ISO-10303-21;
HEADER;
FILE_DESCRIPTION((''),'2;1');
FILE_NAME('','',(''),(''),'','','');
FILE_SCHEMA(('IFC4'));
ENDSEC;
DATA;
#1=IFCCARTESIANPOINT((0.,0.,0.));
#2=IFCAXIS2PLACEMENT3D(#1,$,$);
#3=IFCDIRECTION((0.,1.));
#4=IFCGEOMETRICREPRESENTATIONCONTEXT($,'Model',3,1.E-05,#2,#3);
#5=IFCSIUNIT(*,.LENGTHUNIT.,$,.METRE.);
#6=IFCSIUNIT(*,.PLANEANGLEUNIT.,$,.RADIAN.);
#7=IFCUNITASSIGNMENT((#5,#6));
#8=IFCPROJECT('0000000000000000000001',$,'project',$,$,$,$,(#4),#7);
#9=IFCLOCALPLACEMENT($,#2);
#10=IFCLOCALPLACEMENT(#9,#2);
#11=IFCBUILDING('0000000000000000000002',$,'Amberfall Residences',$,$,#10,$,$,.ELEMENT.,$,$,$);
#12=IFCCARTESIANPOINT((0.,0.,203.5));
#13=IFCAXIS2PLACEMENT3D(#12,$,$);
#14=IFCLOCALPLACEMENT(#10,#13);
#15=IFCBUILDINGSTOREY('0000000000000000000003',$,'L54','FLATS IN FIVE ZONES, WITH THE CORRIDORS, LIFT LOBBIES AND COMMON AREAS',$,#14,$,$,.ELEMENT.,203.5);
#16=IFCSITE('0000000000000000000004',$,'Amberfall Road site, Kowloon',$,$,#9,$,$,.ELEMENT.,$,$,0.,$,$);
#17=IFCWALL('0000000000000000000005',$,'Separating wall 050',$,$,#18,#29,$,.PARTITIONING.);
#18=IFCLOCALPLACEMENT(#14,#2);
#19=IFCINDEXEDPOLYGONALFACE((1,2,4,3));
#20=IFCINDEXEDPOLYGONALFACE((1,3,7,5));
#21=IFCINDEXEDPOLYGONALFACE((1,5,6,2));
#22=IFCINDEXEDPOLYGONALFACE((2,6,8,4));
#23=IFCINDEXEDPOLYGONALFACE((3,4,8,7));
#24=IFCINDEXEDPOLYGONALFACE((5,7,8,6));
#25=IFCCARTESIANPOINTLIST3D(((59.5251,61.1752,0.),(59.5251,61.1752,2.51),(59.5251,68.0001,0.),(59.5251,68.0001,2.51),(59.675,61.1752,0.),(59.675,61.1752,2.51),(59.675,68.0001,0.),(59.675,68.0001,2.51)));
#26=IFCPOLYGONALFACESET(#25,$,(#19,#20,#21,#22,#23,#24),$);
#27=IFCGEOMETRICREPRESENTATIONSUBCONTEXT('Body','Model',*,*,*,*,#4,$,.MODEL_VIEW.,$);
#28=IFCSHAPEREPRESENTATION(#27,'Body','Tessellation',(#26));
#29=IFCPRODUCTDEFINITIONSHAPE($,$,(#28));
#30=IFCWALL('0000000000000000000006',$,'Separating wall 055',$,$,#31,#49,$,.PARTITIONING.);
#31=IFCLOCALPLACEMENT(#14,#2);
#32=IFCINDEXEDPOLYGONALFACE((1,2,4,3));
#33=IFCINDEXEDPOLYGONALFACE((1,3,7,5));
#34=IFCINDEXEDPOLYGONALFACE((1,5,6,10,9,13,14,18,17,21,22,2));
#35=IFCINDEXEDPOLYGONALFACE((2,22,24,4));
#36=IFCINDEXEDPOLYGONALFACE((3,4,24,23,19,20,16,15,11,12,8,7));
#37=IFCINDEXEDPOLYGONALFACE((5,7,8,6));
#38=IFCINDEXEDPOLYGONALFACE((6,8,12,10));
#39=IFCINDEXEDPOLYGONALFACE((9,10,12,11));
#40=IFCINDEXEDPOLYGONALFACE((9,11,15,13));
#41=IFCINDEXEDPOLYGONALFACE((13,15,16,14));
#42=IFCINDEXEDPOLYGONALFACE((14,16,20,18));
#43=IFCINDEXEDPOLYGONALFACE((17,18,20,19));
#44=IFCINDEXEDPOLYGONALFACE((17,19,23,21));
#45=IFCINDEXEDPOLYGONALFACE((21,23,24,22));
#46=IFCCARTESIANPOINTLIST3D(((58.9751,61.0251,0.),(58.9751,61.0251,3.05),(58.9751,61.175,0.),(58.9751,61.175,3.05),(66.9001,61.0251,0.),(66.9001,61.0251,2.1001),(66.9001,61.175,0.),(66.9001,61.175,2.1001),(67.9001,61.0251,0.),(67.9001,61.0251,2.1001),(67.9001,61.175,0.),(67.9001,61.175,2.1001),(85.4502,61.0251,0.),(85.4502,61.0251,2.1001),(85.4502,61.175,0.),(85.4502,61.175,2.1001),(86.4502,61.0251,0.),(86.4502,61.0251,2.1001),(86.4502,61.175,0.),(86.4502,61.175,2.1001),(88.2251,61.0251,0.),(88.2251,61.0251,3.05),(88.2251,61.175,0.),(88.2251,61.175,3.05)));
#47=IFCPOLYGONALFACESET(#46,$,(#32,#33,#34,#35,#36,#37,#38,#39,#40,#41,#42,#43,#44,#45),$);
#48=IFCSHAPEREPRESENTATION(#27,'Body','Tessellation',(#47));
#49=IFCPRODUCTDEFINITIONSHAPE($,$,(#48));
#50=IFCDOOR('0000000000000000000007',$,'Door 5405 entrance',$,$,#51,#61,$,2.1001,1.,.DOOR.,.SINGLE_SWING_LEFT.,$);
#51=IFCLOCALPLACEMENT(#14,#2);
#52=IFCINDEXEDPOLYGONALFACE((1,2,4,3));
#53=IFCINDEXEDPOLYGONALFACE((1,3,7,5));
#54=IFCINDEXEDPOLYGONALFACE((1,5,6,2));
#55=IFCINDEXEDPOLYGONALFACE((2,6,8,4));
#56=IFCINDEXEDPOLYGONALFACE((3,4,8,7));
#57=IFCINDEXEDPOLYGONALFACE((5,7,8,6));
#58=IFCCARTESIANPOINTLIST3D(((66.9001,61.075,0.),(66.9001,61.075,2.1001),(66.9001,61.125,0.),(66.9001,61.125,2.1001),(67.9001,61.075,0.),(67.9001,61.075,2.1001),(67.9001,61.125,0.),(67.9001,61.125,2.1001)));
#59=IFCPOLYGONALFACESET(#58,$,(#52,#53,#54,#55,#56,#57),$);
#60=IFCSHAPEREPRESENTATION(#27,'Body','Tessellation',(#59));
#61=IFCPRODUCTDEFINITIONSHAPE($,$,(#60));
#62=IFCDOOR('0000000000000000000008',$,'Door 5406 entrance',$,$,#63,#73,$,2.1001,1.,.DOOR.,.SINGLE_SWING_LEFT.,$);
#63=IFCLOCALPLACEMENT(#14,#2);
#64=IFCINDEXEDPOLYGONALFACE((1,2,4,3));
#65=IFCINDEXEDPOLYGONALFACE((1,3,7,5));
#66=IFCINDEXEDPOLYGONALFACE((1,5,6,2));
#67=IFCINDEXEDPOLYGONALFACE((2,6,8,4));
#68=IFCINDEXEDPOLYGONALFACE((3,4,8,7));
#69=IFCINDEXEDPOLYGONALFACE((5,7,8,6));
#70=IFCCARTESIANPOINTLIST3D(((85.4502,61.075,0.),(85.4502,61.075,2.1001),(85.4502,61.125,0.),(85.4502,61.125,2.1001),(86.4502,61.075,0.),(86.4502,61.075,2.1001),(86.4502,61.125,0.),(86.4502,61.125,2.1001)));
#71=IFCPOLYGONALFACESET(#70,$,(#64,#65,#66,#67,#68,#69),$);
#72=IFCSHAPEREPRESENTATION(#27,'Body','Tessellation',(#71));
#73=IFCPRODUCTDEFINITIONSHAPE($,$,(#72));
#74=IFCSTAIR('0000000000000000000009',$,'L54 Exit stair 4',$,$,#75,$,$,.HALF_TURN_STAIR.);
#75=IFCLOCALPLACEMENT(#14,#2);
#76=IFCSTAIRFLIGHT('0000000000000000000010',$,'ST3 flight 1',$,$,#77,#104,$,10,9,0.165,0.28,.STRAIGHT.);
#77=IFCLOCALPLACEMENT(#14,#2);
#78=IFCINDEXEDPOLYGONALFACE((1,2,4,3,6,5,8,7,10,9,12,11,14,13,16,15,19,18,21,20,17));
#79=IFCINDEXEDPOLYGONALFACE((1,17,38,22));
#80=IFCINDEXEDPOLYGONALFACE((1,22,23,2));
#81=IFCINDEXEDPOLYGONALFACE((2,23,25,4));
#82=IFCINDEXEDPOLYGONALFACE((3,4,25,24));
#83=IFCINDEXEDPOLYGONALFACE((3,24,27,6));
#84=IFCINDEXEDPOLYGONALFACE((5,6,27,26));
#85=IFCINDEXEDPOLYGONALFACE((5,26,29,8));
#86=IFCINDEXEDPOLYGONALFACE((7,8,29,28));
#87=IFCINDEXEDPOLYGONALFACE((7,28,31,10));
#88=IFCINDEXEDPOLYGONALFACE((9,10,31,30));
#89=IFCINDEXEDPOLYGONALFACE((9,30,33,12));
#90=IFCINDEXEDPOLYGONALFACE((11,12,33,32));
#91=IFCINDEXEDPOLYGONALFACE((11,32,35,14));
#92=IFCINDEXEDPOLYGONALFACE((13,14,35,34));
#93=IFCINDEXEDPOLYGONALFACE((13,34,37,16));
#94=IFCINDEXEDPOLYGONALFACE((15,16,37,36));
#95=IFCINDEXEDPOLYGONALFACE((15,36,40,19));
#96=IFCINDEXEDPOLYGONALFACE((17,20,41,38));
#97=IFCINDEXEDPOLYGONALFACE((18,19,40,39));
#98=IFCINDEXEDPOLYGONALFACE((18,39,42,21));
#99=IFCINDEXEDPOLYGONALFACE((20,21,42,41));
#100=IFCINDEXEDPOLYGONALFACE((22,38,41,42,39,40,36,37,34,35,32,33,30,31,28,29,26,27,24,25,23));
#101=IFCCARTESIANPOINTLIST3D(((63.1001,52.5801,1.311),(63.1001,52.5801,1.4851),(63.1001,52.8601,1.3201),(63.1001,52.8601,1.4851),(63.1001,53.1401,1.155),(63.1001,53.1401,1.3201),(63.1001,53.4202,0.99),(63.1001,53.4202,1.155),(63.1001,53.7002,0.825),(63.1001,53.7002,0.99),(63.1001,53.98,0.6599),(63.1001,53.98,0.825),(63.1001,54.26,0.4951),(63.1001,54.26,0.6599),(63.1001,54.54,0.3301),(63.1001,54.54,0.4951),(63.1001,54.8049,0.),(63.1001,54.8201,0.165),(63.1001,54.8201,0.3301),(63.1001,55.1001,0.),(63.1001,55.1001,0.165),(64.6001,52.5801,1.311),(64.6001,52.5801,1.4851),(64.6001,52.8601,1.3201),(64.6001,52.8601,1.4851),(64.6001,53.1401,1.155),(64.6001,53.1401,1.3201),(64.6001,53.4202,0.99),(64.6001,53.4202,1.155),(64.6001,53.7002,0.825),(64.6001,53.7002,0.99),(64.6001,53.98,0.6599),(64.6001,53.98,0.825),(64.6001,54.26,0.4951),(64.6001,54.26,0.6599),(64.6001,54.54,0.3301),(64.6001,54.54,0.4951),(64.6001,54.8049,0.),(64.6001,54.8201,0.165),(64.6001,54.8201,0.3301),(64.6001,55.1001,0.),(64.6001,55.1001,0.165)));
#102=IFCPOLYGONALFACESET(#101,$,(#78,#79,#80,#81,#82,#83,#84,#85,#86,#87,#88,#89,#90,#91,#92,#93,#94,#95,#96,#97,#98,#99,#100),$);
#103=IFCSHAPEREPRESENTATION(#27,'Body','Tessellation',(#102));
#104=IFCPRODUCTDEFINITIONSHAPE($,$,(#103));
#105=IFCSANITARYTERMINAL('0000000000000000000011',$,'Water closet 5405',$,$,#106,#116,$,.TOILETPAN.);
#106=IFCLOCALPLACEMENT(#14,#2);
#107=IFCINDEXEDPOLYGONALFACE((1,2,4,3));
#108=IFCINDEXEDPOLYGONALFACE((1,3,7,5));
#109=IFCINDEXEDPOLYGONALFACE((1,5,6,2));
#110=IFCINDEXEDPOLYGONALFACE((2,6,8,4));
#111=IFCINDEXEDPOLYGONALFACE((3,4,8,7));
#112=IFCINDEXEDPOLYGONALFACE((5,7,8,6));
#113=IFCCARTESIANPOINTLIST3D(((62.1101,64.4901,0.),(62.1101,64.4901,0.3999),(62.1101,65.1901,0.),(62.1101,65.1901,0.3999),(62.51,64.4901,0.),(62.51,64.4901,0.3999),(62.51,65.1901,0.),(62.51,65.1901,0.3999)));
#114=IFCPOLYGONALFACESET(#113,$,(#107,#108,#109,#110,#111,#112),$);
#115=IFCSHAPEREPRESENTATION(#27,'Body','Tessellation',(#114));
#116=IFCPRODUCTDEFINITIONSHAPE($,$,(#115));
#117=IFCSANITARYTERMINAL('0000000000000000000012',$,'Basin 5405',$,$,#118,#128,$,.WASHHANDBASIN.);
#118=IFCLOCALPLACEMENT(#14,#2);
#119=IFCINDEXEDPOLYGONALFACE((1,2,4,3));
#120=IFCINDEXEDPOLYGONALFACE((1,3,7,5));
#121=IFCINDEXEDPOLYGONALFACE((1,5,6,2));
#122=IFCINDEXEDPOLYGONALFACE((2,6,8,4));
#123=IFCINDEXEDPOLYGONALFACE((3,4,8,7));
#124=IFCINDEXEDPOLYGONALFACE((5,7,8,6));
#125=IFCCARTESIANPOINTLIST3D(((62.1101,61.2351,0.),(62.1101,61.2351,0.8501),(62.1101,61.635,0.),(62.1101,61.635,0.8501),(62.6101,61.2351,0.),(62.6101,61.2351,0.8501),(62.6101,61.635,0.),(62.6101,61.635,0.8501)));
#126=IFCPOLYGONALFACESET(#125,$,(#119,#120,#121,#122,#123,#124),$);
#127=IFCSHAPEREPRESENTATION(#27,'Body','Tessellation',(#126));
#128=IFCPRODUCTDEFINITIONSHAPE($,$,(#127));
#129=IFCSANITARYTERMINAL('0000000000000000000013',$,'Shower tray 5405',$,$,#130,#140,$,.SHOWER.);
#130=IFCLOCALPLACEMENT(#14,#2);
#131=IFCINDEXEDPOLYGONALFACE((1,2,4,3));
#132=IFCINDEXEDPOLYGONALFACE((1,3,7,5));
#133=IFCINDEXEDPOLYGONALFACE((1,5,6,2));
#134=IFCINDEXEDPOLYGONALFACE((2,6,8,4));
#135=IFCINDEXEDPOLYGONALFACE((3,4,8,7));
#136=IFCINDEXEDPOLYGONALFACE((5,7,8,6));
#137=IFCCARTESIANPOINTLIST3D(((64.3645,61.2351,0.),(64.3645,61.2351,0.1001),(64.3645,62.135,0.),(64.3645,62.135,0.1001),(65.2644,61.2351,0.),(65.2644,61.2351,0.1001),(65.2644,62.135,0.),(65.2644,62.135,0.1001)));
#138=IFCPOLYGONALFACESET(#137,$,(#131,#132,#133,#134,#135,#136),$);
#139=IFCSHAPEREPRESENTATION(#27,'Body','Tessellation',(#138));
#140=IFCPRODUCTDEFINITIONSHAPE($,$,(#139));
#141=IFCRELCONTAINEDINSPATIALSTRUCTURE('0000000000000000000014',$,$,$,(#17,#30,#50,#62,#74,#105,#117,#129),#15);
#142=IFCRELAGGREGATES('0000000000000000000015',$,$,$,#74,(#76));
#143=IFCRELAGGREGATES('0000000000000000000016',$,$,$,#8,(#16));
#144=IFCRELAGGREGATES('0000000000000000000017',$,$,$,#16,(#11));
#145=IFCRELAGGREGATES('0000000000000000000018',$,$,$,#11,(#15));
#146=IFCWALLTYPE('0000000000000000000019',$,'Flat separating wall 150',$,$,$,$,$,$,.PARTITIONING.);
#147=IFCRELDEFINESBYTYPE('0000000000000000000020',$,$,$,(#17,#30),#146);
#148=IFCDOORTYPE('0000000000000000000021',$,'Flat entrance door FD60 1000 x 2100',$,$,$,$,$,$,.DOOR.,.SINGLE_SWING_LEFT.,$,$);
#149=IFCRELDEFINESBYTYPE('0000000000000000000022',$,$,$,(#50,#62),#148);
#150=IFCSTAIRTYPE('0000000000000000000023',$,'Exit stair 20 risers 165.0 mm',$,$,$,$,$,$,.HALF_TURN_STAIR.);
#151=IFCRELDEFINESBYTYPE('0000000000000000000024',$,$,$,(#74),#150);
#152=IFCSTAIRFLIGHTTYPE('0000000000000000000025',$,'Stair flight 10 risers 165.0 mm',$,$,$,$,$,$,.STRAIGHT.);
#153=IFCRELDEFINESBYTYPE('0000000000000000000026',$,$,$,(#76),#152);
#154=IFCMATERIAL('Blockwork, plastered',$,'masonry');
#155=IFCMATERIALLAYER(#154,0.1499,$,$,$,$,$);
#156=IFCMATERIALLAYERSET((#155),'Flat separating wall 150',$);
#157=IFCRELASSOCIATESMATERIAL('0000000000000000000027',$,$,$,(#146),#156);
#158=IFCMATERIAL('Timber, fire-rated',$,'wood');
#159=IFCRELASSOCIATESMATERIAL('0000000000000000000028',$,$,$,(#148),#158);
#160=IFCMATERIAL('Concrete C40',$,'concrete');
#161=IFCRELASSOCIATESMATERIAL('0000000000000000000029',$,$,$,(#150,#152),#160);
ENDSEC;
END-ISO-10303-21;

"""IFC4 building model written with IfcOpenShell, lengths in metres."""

from ifc_helpers import new_model, si_unit, direction, frame, frame_2d, origin, origin_2d, place, context, subcontext, project, spatial, polyline, rectangle, outline, extrude, material, layer, layer_set, type_object, element, fill, aggregate, save


model = new_model("IFC4")

# Units and contexts
model_context = context("Model", 3, precision=1e-05, world=origin(), true_north=direction((0.0, 1.0)))
body_context = subcontext(model_context, "Body", "Model", "MODEL_VIEW")
ifc_project = project(units=[si_unit("LENGTHUNIT", "METRE"), si_unit("PLANEANGLEUNIT", "RADIAN")], contexts=[model_context])

# Site, building, storey
site_placement = place(None, origin())
site = spatial("IfcSite", under=ifc_project, at=site_placement, Name="Amberfall Road site, Kowloon", CompositionType="ELEMENT", RefElevation=0.0)
building_placement = place(site_placement, origin())
building = spatial("IfcBuilding", under=site, at=building_placement, Name="Amberfall Residences", CompositionType="ELEMENT")
storey_placement = place(building_placement, frame((0.0, 0.0, 203.5)))
storey = spatial("IfcBuildingStorey", under=building, at=storey_placement, Name="L54", Description="FLATS IN FIVE ZONES, WITH THE CORRIDORS, LIFT LOBBIES AND COMMON AREAS", CompositionType="ELEMENT", Elevation=203.5)

# Wall
ifc_material_1 = material(Name="Blockwork, plastered", Category="masonry")
ifc_layer_1 = layer(ifc_material_1, 0.1499)
ifc_layer_set_1 = layer_set([ifc_layer_1], Name="Flat separating wall 150")
wall_type_1 = type_object("IfcWallType", Name="Flat separating wall 150", PredefinedType="PARTITIONING", material=ifc_layer_set_1)
wall_1_placement = place(storey_placement, frame((59.6001, 61.175, 0.0), z_axis=(0.0, 0.0, 1.0), x_axis=(0.0, 1.0, 0.0)))
element("IfcWall", 1, at=wall_1_placement, inside=storey, type_object=wall_type_1, Name="Separating wall 050", PredefinedType="PARTITIONING", context=body_context, shape_type="SweptSolid", body=[
    extrude(rectangle(XDim=6.825, YDim=0.1499, at=frame_2d((3.4126, 0.0))), origin(), (0.0, 0.0, 1.0), 2.51),
])

# Wall, openings, doors
wall_2_placement = place(storey_placement, frame((58.9751, 61.1001, 0.0), z_axis=(0.0, 0.0, 1.0), x_axis=(1.0, 0.0, 0.0)))
wall_2 = element("IfcWall", 2, at=wall_2_placement, inside=storey, type_object=wall_type_1, Name="Separating wall 055", PredefinedType="PARTITIONING", context=body_context, shape_type="SweptSolid", body=[
    extrude(rectangle(XDim=29.25, YDim=0.1499, at=frame_2d((14.625, 0.0))), origin(), (0.0, 0.0, 1.0), 3.05),
])
opening_1_placement = place(wall_2_placement, frame((7.925, 0.0, 0.0)))
opening_1 = element("IfcOpeningElement", 3, at=opening_1_placement, cuts=wall_2, PredefinedType="OPENING", context=body_context, shape_type="SweptSolid", body=[
    extrude(rectangle(XDim=1.0, YDim=2.1001, at=frame_2d((0.5, 1.05))), frame((0.0, 0.085, 0.0), z_axis=(0.0, -1.0, 0.0), x_axis=(1.0, 0.0, 0.0)), (0.0, 0.0, 1.0), 0.1699),
])
opening_2_placement = place(wall_2_placement, frame((26.4751, 0.0, 0.0)))
opening_2 = element("IfcOpeningElement", 4, at=opening_2_placement, cuts=wall_2, PredefinedType="OPENING", context=body_context, shape_type="SweptSolid", body=[
    extrude(rectangle(XDim=1.0, YDim=2.1001, at=frame_2d((0.5, 1.05))), frame((0.0, 0.085, 0.0), z_axis=(0.0, -1.0, 0.0), x_axis=(1.0, 0.0, 0.0)), (0.0, 0.0, 1.0), 0.1699),
])
ifc_material_2 = material(Name="Timber, fire-rated", Category="wood")
door_type_1 = type_object("IfcDoorType", Name="Flat entrance door FD60 1000 x 2100", OperationType="SINGLE_SWING_LEFT", PredefinedType="DOOR", material=ifc_material_2)
door_1_placement = place(opening_1_placement, origin())
door_1 = element("IfcDoor", 5, at=door_1_placement, inside=storey, type_object=door_type_1, Name="Door 5405 entrance", OperationType="SINGLE_SWING_LEFT", OverallHeight=2.1001, OverallWidth=1.0, PredefinedType="DOOR", context=body_context, shape_type="SweptSolid", body=[
    extrude(rectangle(XDim=1.0, YDim=2.1001, at=frame_2d((0.5, 1.05))), frame((0.0, 0.0249, 0.0), z_axis=(0.0, -1.0, 0.0), x_axis=(1.0, 0.0, 0.0)), (0.0, 0.0, 1.0), 0.05),
])
fill(opening_1, door_1)
door_2_placement = place(opening_2_placement, origin())
door_2 = element("IfcDoor", 6, at=door_2_placement, inside=storey, type_object=door_type_1, Name="Door 5406 entrance", OperationType="SINGLE_SWING_LEFT", OverallHeight=2.1001, OverallWidth=1.0, PredefinedType="DOOR", context=body_context, shape_type="SweptSolid", body=[
    extrude(rectangle(XDim=1.0, YDim=2.1001, at=frame_2d((0.5, 1.05))), frame((0.0, 0.0249, 0.0), z_axis=(0.0, -1.0, 0.0), x_axis=(1.0, 0.0, 0.0)), (0.0, 0.0, 1.0), 0.05),
])
fill(opening_2, door_2)

# Stair, stair flight
ifc_material_3 = material(Name="Concrete C40", Category="concrete")
stair_type = type_object("IfcStairType", Name="Exit stair 20 risers 165.0 mm", PredefinedType="HALF_TURN_STAIR", material=ifc_material_3)
stair_placement = place(storey_placement, origin())
stair = element("IfcStair", 7, at=stair_placement, inside=storey, type_object=stair_type, Name="L54 Exit stair 4", PredefinedType="HALF_TURN_STAIR")
stair_flight_type = type_object("IfcStairFlightType", Name="Stair flight 10 risers 165.0 mm", PredefinedType="STRAIGHT", material=ifc_material_3)
stair_flight_placement = place(storey_placement, frame((63.8501, 55.1001, 0.0), z_axis=(0.0, 0.0, 1.0), x_axis=(0.0, -1.0, 0.0)))
stair_flight = element("IfcStairFlight", 8, at=stair_flight_placement, type_object=stair_flight_type, Name="ST3 flight 1", NumberOfRisers=10, NumberOfTreads=9, PredefinedType="STRAIGHT", RiserHeight=0.165, TreadLength=0.28, context=body_context, shape_type="SweptSolid", body=[
    extrude(outline(polyline([(0.0, 0.0), (0.0, 0.165), (0.28, 0.165), (0.28, 0.3301), (0.5601, 0.3301), (0.5601, 0.4951), (0.8401, 0.4951), (0.8401, 0.6599), (1.1201, 0.6599), (1.1201, 0.825), (1.3999, 0.825), (1.3999, 0.99), (1.6799, 0.99), (1.6799, 1.155), (1.96, 1.155), (1.96, 1.3201), (2.24, 1.3201), (2.24, 1.4851), (2.52, 1.4851), (2.52, 1.6499), (2.52, 1.311), (0.2952, 0.0), (0.0, 0.0)])), frame((0.0, 0.75, 0.0), z_axis=(0.0, -1.0, 0.0), x_axis=(1.0, 0.0, 0.0)), (0.0, 0.0, 1.0), 1.5),
])
aggregate(stair, [stair_flight])

# Sanitary terminals
sanitary_terminal_1_placement = place(storey_placement, frame((62.3101, 64.8401, 0.0), z_axis=(0.0, 0.0, 1.0), x_axis=(1.0, 0.0, 0.0)))
element("IfcSanitaryTerminal", 9, at=sanitary_terminal_1_placement, inside=storey, Name="Water closet 5405", PredefinedType="TOILETPAN", context=body_context, shape_type="SweptSolid", body=[
    extrude(rectangle(XDim=0.3999, YDim=0.7, at=origin_2d()), origin(), (0.0, 0.0, 1.0), 0.3999),
])
sanitary_terminal_2_placement = place(storey_placement, frame((62.3601, 61.4351, 0.0), z_axis=(0.0, 0.0, 1.0), x_axis=(1.0, 0.0, 0.0)))
element("IfcSanitaryTerminal", 10, at=sanitary_terminal_2_placement, inside=storey, Name="Basin 5405", PredefinedType="WASHHANDBASIN", context=body_context, shape_type="SweptSolid", body=[
    extrude(rectangle(XDim=0.5, YDim=0.3999, at=origin_2d()), origin(), (0.0, 0.0, 1.0), 0.8501),
])
sanitary_terminal_3_placement = place(storey_placement, frame((64.8145, 61.6851, 0.0), z_axis=(0.0, 0.0, 1.0), x_axis=(1.0, 0.0, 0.0)))
element("IfcSanitaryTerminal", 11, at=sanitary_terminal_3_placement, inside=storey, Name="Shower tray 5405", PredefinedType="SHOWER", context=body_context, shape_type="SweptSolid", body=[
    extrude(rectangle(XDim=0.8999, YDim=0.8999, at=origin_2d()), origin(), (0.0, 0.0, 1.0), 0.1001),
])

save(model, "model.ifc")
